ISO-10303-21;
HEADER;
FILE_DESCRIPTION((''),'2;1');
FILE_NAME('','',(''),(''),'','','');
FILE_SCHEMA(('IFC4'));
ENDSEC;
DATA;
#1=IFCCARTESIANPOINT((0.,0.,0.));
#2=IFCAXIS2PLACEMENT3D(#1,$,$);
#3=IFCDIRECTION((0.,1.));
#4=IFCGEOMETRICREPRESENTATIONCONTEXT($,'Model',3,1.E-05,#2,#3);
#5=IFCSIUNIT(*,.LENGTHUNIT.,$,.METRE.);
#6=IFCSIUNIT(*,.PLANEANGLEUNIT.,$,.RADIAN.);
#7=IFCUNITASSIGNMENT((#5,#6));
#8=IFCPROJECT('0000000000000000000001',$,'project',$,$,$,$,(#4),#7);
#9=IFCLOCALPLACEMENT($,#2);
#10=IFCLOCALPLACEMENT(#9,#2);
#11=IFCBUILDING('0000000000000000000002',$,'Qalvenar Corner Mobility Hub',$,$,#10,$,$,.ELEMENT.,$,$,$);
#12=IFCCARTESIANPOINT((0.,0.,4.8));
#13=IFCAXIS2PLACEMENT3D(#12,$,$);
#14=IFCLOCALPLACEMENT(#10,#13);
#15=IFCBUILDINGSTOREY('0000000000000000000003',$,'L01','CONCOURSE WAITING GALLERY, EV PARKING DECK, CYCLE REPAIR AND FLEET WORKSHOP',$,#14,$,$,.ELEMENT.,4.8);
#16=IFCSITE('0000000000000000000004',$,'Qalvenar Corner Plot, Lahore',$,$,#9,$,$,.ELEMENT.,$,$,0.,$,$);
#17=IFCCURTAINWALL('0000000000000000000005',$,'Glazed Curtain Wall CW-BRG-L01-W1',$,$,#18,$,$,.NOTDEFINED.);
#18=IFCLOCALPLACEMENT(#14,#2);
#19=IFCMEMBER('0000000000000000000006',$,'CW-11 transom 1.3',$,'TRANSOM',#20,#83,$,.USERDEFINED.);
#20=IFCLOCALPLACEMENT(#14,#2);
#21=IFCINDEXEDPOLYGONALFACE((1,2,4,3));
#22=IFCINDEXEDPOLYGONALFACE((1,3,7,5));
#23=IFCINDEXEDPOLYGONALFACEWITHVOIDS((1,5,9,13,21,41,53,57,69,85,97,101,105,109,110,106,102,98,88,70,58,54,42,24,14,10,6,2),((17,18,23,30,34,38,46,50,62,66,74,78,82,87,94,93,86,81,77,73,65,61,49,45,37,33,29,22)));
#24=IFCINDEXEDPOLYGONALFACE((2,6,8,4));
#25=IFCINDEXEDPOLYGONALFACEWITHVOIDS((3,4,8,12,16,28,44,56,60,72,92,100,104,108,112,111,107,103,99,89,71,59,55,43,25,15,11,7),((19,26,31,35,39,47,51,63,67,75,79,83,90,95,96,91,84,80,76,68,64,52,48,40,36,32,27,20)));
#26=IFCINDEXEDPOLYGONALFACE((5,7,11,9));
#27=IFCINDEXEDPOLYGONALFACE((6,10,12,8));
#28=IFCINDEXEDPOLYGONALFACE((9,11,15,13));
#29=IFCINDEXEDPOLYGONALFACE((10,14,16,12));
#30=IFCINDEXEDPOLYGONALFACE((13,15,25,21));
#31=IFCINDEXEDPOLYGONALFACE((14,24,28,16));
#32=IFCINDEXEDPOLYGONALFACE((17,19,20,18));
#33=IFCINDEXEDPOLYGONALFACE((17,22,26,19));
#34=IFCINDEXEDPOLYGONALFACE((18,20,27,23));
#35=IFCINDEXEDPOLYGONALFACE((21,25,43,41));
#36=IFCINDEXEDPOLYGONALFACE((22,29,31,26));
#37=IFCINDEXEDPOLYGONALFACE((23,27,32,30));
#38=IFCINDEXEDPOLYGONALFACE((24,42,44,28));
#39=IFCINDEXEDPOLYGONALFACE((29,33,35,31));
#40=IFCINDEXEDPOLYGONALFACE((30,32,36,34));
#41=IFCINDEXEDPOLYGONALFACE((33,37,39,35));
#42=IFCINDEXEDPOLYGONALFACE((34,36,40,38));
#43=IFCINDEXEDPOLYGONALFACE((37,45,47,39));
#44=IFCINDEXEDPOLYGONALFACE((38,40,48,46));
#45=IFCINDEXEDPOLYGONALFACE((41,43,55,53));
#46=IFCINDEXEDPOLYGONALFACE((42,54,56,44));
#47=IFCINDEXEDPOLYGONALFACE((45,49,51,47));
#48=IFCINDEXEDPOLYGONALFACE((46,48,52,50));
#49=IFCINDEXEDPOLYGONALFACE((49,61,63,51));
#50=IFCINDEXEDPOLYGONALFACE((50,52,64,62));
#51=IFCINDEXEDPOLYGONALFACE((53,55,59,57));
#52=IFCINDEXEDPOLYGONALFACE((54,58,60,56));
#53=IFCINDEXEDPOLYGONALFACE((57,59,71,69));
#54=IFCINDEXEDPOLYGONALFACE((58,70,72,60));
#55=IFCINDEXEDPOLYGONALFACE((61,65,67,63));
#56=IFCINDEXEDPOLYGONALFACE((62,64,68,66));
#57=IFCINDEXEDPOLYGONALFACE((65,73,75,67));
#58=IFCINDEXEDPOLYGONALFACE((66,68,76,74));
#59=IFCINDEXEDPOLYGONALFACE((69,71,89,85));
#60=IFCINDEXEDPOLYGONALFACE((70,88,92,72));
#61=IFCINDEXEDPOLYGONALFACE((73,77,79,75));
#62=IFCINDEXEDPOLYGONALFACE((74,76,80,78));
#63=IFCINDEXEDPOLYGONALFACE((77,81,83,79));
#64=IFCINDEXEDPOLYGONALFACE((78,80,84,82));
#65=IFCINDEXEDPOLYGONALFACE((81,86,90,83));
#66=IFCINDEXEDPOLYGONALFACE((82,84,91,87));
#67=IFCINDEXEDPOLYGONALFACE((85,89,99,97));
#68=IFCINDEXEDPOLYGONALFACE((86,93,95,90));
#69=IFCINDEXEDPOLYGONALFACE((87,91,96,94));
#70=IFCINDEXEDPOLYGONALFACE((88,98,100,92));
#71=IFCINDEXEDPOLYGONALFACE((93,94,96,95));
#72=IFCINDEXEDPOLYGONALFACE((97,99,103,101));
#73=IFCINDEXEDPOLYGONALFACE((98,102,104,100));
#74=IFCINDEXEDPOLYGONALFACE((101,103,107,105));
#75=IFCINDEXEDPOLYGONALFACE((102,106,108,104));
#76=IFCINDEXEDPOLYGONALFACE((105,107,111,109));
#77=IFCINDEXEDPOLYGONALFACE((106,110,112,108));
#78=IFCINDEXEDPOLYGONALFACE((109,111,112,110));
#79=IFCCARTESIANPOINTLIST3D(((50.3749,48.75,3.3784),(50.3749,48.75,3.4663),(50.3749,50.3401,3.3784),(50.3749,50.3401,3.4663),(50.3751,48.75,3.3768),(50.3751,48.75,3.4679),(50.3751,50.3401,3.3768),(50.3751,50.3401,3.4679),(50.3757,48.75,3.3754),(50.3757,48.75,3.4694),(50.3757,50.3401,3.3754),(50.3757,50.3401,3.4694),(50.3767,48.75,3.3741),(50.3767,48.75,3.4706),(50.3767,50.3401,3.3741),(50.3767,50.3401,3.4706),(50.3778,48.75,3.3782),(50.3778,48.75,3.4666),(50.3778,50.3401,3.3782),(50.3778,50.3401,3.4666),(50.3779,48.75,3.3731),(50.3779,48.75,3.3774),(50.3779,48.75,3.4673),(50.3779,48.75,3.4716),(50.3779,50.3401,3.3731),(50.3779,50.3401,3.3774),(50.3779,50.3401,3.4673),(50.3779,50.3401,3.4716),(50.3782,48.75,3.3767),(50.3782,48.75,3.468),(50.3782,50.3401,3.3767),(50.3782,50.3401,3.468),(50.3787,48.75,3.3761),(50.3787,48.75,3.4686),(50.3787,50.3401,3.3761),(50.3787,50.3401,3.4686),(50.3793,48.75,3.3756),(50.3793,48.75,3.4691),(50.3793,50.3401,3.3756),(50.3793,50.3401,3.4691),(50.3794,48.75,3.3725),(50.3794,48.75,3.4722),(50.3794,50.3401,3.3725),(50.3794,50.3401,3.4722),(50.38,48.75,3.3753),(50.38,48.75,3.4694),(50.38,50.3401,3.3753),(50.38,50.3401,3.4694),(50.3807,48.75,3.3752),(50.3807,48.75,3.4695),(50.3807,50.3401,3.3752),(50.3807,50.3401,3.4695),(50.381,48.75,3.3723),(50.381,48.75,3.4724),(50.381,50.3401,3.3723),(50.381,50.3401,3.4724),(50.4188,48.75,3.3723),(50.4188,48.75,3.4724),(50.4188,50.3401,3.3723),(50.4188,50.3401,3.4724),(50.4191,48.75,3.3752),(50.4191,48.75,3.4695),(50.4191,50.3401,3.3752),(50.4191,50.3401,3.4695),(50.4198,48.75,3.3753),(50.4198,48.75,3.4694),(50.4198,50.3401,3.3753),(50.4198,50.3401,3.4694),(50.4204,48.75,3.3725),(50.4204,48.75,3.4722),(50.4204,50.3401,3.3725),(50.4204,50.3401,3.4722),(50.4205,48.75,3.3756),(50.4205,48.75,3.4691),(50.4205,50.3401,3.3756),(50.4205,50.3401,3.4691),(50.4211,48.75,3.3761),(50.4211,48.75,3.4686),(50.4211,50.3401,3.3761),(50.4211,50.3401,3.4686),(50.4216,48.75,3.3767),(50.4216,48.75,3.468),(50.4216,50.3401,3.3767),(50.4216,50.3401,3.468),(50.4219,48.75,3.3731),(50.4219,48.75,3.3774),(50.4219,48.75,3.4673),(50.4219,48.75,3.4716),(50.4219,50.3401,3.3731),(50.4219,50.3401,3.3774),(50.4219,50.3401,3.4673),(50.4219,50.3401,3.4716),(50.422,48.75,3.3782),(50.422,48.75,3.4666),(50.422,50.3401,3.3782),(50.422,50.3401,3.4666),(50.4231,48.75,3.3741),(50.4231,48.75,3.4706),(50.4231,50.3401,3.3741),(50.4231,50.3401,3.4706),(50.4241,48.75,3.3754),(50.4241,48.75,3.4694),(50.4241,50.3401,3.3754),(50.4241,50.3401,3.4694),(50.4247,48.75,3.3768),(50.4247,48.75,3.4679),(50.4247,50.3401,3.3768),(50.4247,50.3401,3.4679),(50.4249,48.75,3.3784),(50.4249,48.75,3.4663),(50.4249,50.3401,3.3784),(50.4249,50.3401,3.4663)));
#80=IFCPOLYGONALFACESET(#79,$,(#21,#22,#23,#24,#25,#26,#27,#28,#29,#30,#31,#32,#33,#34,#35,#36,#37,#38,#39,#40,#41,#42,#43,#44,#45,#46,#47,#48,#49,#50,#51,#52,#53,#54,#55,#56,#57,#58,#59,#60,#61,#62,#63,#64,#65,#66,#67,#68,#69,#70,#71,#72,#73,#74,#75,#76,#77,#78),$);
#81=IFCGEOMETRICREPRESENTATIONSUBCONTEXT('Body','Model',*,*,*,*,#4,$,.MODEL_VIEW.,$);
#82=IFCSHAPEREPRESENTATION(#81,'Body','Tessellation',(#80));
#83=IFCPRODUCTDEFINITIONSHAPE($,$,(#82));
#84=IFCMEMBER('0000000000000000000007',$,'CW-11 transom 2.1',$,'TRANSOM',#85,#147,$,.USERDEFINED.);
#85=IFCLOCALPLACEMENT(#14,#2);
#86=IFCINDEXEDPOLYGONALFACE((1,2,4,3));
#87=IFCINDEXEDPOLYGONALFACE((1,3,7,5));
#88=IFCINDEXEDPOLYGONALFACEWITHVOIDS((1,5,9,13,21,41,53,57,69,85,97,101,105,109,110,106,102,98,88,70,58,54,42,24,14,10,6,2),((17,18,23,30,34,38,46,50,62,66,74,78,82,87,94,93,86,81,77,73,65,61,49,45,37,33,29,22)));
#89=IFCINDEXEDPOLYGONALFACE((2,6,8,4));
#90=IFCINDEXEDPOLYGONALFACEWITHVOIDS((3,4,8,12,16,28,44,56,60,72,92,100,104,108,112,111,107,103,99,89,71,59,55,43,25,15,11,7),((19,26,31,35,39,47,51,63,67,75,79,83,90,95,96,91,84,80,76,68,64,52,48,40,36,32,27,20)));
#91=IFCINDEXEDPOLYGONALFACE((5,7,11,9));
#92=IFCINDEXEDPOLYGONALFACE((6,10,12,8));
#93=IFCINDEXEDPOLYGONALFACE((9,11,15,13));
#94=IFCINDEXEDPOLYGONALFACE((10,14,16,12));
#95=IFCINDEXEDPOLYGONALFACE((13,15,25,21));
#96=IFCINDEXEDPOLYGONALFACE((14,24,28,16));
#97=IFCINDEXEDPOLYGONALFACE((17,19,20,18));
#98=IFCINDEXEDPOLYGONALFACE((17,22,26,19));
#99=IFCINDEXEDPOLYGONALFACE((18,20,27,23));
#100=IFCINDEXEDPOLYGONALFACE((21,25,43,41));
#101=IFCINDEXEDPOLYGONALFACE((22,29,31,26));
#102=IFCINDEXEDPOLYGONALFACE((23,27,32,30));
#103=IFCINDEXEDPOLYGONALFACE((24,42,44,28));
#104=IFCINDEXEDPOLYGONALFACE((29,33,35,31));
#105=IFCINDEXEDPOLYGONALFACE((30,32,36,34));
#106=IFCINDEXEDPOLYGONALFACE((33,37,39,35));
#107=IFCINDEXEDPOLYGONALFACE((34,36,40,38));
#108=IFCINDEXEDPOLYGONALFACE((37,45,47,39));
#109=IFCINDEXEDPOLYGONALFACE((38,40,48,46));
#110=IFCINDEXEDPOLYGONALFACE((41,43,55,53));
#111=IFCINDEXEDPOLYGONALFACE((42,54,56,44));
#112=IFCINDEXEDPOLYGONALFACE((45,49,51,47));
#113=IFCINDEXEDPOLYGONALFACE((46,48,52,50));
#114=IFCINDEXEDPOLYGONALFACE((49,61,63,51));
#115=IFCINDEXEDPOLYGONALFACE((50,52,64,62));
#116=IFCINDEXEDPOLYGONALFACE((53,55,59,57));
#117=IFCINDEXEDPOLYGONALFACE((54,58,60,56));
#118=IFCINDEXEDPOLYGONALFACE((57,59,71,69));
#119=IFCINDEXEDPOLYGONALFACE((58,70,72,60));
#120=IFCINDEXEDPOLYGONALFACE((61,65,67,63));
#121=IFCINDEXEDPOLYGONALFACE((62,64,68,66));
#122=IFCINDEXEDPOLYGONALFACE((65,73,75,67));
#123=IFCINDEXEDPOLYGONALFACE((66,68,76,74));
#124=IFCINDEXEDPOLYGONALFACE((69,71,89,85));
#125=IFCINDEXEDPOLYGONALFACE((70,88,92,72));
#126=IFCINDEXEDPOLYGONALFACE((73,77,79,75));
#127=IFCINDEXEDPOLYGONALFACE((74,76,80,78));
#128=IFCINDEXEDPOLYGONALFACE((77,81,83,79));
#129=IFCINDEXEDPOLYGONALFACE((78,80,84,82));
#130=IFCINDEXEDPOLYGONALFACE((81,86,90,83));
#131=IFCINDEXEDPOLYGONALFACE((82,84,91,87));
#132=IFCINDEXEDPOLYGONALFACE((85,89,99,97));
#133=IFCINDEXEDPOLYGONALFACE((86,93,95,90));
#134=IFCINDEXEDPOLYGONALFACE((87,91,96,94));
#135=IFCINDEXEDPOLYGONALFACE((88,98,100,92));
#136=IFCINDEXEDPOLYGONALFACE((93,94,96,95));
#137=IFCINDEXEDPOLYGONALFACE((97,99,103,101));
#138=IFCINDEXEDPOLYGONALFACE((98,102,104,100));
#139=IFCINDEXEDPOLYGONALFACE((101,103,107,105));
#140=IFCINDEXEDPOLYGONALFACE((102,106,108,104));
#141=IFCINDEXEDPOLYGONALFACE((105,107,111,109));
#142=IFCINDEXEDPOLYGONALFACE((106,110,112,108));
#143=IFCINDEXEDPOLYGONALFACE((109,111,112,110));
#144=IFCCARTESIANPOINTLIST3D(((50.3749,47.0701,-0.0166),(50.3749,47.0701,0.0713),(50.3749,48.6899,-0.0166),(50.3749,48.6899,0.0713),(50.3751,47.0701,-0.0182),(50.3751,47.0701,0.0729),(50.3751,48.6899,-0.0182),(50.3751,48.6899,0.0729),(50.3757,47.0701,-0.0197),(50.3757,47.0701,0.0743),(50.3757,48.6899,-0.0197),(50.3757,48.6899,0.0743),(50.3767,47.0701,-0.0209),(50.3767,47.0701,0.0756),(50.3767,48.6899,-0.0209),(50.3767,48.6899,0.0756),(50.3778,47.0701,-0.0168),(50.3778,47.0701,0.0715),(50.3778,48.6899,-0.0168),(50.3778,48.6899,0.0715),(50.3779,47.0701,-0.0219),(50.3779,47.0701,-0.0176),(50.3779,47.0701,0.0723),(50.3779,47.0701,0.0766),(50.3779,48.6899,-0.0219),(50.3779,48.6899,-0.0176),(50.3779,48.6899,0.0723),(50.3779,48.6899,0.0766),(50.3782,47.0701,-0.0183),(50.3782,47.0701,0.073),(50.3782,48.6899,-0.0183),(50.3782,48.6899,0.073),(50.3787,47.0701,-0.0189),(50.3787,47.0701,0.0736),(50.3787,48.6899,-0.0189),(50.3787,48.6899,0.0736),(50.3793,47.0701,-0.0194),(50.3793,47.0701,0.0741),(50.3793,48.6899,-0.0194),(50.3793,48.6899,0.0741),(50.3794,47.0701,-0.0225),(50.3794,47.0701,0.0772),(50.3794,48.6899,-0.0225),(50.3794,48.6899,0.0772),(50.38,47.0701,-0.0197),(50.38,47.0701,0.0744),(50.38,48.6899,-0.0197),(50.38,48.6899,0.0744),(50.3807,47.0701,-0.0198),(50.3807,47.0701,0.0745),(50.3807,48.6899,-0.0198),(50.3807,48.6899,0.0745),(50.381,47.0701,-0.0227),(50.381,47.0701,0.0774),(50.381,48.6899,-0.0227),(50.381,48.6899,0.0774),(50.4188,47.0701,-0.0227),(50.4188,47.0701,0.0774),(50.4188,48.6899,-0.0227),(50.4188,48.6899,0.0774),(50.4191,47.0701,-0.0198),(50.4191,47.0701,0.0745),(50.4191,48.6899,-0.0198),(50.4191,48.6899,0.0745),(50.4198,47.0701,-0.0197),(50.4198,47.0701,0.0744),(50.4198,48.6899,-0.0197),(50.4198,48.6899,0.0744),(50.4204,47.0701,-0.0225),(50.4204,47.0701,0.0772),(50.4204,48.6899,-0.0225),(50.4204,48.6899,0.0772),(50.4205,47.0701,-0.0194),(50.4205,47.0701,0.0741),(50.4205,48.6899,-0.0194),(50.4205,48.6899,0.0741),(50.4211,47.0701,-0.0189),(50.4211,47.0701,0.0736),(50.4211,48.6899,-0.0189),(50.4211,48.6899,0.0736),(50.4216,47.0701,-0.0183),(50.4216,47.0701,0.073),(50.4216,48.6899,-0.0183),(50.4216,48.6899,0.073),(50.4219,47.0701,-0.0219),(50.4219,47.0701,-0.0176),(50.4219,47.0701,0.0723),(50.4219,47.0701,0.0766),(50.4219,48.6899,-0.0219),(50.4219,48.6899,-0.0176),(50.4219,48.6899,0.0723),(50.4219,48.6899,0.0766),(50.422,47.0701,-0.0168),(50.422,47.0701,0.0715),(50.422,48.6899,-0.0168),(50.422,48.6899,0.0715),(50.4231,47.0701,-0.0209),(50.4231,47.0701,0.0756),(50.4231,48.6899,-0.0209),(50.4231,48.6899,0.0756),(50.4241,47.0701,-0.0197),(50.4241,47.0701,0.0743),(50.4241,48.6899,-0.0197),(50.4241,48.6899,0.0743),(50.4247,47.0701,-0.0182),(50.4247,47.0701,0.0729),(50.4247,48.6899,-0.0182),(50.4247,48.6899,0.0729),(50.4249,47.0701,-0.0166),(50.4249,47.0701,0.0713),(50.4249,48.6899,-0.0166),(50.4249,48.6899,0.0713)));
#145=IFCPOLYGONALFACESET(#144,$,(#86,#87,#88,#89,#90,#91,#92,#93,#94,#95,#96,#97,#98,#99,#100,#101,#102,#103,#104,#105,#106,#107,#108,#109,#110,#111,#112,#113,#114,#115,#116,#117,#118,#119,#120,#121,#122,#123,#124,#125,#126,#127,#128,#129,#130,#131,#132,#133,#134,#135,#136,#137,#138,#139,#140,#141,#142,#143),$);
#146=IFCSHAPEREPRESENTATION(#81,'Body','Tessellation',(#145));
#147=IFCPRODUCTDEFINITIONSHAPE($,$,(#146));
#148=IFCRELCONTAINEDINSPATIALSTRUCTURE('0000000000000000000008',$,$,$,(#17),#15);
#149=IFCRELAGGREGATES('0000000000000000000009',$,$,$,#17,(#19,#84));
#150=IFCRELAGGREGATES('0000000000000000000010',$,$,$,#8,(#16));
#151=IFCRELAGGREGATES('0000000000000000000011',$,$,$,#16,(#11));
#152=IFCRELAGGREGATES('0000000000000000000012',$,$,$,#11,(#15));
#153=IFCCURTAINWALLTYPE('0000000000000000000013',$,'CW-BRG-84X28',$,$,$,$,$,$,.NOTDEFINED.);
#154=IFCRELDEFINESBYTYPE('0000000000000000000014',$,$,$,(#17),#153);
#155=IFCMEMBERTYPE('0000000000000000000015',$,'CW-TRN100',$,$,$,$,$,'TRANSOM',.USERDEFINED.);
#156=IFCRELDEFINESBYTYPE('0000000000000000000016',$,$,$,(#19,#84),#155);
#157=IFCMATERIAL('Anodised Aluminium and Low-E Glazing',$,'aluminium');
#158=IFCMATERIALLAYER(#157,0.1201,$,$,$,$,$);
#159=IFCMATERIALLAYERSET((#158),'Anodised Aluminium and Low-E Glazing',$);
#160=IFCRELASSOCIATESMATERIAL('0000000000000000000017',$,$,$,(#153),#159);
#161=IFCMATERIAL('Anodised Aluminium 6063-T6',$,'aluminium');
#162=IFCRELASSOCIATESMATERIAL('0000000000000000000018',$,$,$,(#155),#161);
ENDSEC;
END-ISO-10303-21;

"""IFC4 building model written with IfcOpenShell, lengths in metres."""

from ifc_helpers import new_model, si_unit, direction, frame, origin, origin_2d, place, context, subcontext, project, spatial, hollow_rectangle, extrude, material, layer, layer_set, material_profile, profile_set, type_object, element, aggregate, save


model = new_model("IFC4")

# Units and contexts
model_context = context("Model", 3, precision=1e-05, world=origin(), true_north=direction((0.0, 1.0)))
body_context = subcontext(model_context, "Body", "Model", "MODEL_VIEW")
ifc_project = project(units=[si_unit("LENGTHUNIT", "METRE"), si_unit("PLANEANGLEUNIT", "RADIAN")], contexts=[model_context])

# Site, building, storey
site_placement = place(None, origin())
site = spatial("IfcSite", under=ifc_project, at=site_placement, Name="Qalvenar Corner Plot, Lahore", CompositionType="ELEMENT", RefElevation=0.0)
building_placement = place(site_placement, origin())
building = spatial("IfcBuilding", under=site, at=building_placement, Name="Qalvenar Corner Mobility Hub", CompositionType="ELEMENT")
storey_placement = place(building_placement, frame((0.0, 0.0, 4.8)))
storey = spatial("IfcBuildingStorey", under=building, at=storey_placement, Name="L01", Description="CONCOURSE WAITING GALLERY, EV PARKING DECK, CYCLE REPAIR AND FLEET WORKSHOP", CompositionType="ELEMENT", Elevation=4.8)

# Curtain wall, members
ifc_material_1 = material(Name="Anodised Aluminium and Low-E Glazing", Category="aluminium")
ifc_layer_1 = layer(ifc_material_1, 0.1201)
ifc_layer_set_1 = layer_set([ifc_layer_1], Name="Anodised Aluminium and Low-E Glazing")
curtain_wall_type = type_object("IfcCurtainWallType", Name="CW-BRG-84X28", PredefinedType="NOTDEFINED", material=ifc_layer_set_1)
curtain_wall_placement = place(storey_placement, origin())
curtain_wall = element("IfcCurtainWall", 1, at=curtain_wall_placement, inside=storey, type_object=curtain_wall_type, Name="Glazed Curtain Wall CW-BRG-L01-W1", PredefinedType="NOTDEFINED")
ifc_material_2 = material(Name="Anodised Aluminium 6063-T6", Category="aluminium")
ifc_material_profile_1 = material_profile(ifc_material_2, hollow_rectangle(XDim=0.05, YDim=0.1001, WallThickness=0.0029, InnerFilletRadius=0.0029, OuterFilletRadius=0.0061, at=origin_2d()), Name="RHS100x50x3")
ifc_profile_set_1 = profile_set([ifc_material_profile_1], Name="Anodised Aluminium 6063-T6")
member_type_1 = type_object("IfcMemberType", Name="CW-TRN100", ElementType="TRANSOM", PredefinedType="USERDEFINED", material=ifc_profile_set_1)
member_1_placement = place(storey_placement, frame((50.3999, 50.3401, 3.4224), z_axis=(0.0, -1.0, 0.0), x_axis=(1.0, 0.0, 0.0)))
member_1 = element("IfcMember", 2, at=member_1_placement, type_object=member_type_1, Name="CW-11 transom 1.3", ObjectType="TRANSOM", PredefinedType="USERDEFINED", context=body_context, shape_type="SweptSolid", body=[
    extrude(hollow_rectangle(XDim=0.05, YDim=0.1001, WallThickness=0.0029, InnerFilletRadius=0.0029, OuterFilletRadius=0.0061, at=origin_2d()), origin(), (0.0, 0.0, 1.0), 1.5901),
])
member_2_placement = place(storey_placement, frame((50.3999, 48.6899, 0.0273), z_axis=(0.0, -1.0, 0.0), x_axis=(1.0, 0.0, 0.0)))
member_2 = element("IfcMember", 3, at=member_2_placement, type_object=member_type_1, Name="CW-11 transom 2.1", ObjectType="TRANSOM", PredefinedType="USERDEFINED", context=body_context, shape_type="SweptSolid", body=[
    extrude(hollow_rectangle(XDim=0.05, YDim=0.1001, WallThickness=0.0029, InnerFilletRadius=0.0029, OuterFilletRadius=0.0061, at=origin_2d()), origin(), (0.0, 0.0, 1.0), 1.6199),
])
aggregate(curtain_wall, [member_1, member_2])

save(model, "model.ifc")
